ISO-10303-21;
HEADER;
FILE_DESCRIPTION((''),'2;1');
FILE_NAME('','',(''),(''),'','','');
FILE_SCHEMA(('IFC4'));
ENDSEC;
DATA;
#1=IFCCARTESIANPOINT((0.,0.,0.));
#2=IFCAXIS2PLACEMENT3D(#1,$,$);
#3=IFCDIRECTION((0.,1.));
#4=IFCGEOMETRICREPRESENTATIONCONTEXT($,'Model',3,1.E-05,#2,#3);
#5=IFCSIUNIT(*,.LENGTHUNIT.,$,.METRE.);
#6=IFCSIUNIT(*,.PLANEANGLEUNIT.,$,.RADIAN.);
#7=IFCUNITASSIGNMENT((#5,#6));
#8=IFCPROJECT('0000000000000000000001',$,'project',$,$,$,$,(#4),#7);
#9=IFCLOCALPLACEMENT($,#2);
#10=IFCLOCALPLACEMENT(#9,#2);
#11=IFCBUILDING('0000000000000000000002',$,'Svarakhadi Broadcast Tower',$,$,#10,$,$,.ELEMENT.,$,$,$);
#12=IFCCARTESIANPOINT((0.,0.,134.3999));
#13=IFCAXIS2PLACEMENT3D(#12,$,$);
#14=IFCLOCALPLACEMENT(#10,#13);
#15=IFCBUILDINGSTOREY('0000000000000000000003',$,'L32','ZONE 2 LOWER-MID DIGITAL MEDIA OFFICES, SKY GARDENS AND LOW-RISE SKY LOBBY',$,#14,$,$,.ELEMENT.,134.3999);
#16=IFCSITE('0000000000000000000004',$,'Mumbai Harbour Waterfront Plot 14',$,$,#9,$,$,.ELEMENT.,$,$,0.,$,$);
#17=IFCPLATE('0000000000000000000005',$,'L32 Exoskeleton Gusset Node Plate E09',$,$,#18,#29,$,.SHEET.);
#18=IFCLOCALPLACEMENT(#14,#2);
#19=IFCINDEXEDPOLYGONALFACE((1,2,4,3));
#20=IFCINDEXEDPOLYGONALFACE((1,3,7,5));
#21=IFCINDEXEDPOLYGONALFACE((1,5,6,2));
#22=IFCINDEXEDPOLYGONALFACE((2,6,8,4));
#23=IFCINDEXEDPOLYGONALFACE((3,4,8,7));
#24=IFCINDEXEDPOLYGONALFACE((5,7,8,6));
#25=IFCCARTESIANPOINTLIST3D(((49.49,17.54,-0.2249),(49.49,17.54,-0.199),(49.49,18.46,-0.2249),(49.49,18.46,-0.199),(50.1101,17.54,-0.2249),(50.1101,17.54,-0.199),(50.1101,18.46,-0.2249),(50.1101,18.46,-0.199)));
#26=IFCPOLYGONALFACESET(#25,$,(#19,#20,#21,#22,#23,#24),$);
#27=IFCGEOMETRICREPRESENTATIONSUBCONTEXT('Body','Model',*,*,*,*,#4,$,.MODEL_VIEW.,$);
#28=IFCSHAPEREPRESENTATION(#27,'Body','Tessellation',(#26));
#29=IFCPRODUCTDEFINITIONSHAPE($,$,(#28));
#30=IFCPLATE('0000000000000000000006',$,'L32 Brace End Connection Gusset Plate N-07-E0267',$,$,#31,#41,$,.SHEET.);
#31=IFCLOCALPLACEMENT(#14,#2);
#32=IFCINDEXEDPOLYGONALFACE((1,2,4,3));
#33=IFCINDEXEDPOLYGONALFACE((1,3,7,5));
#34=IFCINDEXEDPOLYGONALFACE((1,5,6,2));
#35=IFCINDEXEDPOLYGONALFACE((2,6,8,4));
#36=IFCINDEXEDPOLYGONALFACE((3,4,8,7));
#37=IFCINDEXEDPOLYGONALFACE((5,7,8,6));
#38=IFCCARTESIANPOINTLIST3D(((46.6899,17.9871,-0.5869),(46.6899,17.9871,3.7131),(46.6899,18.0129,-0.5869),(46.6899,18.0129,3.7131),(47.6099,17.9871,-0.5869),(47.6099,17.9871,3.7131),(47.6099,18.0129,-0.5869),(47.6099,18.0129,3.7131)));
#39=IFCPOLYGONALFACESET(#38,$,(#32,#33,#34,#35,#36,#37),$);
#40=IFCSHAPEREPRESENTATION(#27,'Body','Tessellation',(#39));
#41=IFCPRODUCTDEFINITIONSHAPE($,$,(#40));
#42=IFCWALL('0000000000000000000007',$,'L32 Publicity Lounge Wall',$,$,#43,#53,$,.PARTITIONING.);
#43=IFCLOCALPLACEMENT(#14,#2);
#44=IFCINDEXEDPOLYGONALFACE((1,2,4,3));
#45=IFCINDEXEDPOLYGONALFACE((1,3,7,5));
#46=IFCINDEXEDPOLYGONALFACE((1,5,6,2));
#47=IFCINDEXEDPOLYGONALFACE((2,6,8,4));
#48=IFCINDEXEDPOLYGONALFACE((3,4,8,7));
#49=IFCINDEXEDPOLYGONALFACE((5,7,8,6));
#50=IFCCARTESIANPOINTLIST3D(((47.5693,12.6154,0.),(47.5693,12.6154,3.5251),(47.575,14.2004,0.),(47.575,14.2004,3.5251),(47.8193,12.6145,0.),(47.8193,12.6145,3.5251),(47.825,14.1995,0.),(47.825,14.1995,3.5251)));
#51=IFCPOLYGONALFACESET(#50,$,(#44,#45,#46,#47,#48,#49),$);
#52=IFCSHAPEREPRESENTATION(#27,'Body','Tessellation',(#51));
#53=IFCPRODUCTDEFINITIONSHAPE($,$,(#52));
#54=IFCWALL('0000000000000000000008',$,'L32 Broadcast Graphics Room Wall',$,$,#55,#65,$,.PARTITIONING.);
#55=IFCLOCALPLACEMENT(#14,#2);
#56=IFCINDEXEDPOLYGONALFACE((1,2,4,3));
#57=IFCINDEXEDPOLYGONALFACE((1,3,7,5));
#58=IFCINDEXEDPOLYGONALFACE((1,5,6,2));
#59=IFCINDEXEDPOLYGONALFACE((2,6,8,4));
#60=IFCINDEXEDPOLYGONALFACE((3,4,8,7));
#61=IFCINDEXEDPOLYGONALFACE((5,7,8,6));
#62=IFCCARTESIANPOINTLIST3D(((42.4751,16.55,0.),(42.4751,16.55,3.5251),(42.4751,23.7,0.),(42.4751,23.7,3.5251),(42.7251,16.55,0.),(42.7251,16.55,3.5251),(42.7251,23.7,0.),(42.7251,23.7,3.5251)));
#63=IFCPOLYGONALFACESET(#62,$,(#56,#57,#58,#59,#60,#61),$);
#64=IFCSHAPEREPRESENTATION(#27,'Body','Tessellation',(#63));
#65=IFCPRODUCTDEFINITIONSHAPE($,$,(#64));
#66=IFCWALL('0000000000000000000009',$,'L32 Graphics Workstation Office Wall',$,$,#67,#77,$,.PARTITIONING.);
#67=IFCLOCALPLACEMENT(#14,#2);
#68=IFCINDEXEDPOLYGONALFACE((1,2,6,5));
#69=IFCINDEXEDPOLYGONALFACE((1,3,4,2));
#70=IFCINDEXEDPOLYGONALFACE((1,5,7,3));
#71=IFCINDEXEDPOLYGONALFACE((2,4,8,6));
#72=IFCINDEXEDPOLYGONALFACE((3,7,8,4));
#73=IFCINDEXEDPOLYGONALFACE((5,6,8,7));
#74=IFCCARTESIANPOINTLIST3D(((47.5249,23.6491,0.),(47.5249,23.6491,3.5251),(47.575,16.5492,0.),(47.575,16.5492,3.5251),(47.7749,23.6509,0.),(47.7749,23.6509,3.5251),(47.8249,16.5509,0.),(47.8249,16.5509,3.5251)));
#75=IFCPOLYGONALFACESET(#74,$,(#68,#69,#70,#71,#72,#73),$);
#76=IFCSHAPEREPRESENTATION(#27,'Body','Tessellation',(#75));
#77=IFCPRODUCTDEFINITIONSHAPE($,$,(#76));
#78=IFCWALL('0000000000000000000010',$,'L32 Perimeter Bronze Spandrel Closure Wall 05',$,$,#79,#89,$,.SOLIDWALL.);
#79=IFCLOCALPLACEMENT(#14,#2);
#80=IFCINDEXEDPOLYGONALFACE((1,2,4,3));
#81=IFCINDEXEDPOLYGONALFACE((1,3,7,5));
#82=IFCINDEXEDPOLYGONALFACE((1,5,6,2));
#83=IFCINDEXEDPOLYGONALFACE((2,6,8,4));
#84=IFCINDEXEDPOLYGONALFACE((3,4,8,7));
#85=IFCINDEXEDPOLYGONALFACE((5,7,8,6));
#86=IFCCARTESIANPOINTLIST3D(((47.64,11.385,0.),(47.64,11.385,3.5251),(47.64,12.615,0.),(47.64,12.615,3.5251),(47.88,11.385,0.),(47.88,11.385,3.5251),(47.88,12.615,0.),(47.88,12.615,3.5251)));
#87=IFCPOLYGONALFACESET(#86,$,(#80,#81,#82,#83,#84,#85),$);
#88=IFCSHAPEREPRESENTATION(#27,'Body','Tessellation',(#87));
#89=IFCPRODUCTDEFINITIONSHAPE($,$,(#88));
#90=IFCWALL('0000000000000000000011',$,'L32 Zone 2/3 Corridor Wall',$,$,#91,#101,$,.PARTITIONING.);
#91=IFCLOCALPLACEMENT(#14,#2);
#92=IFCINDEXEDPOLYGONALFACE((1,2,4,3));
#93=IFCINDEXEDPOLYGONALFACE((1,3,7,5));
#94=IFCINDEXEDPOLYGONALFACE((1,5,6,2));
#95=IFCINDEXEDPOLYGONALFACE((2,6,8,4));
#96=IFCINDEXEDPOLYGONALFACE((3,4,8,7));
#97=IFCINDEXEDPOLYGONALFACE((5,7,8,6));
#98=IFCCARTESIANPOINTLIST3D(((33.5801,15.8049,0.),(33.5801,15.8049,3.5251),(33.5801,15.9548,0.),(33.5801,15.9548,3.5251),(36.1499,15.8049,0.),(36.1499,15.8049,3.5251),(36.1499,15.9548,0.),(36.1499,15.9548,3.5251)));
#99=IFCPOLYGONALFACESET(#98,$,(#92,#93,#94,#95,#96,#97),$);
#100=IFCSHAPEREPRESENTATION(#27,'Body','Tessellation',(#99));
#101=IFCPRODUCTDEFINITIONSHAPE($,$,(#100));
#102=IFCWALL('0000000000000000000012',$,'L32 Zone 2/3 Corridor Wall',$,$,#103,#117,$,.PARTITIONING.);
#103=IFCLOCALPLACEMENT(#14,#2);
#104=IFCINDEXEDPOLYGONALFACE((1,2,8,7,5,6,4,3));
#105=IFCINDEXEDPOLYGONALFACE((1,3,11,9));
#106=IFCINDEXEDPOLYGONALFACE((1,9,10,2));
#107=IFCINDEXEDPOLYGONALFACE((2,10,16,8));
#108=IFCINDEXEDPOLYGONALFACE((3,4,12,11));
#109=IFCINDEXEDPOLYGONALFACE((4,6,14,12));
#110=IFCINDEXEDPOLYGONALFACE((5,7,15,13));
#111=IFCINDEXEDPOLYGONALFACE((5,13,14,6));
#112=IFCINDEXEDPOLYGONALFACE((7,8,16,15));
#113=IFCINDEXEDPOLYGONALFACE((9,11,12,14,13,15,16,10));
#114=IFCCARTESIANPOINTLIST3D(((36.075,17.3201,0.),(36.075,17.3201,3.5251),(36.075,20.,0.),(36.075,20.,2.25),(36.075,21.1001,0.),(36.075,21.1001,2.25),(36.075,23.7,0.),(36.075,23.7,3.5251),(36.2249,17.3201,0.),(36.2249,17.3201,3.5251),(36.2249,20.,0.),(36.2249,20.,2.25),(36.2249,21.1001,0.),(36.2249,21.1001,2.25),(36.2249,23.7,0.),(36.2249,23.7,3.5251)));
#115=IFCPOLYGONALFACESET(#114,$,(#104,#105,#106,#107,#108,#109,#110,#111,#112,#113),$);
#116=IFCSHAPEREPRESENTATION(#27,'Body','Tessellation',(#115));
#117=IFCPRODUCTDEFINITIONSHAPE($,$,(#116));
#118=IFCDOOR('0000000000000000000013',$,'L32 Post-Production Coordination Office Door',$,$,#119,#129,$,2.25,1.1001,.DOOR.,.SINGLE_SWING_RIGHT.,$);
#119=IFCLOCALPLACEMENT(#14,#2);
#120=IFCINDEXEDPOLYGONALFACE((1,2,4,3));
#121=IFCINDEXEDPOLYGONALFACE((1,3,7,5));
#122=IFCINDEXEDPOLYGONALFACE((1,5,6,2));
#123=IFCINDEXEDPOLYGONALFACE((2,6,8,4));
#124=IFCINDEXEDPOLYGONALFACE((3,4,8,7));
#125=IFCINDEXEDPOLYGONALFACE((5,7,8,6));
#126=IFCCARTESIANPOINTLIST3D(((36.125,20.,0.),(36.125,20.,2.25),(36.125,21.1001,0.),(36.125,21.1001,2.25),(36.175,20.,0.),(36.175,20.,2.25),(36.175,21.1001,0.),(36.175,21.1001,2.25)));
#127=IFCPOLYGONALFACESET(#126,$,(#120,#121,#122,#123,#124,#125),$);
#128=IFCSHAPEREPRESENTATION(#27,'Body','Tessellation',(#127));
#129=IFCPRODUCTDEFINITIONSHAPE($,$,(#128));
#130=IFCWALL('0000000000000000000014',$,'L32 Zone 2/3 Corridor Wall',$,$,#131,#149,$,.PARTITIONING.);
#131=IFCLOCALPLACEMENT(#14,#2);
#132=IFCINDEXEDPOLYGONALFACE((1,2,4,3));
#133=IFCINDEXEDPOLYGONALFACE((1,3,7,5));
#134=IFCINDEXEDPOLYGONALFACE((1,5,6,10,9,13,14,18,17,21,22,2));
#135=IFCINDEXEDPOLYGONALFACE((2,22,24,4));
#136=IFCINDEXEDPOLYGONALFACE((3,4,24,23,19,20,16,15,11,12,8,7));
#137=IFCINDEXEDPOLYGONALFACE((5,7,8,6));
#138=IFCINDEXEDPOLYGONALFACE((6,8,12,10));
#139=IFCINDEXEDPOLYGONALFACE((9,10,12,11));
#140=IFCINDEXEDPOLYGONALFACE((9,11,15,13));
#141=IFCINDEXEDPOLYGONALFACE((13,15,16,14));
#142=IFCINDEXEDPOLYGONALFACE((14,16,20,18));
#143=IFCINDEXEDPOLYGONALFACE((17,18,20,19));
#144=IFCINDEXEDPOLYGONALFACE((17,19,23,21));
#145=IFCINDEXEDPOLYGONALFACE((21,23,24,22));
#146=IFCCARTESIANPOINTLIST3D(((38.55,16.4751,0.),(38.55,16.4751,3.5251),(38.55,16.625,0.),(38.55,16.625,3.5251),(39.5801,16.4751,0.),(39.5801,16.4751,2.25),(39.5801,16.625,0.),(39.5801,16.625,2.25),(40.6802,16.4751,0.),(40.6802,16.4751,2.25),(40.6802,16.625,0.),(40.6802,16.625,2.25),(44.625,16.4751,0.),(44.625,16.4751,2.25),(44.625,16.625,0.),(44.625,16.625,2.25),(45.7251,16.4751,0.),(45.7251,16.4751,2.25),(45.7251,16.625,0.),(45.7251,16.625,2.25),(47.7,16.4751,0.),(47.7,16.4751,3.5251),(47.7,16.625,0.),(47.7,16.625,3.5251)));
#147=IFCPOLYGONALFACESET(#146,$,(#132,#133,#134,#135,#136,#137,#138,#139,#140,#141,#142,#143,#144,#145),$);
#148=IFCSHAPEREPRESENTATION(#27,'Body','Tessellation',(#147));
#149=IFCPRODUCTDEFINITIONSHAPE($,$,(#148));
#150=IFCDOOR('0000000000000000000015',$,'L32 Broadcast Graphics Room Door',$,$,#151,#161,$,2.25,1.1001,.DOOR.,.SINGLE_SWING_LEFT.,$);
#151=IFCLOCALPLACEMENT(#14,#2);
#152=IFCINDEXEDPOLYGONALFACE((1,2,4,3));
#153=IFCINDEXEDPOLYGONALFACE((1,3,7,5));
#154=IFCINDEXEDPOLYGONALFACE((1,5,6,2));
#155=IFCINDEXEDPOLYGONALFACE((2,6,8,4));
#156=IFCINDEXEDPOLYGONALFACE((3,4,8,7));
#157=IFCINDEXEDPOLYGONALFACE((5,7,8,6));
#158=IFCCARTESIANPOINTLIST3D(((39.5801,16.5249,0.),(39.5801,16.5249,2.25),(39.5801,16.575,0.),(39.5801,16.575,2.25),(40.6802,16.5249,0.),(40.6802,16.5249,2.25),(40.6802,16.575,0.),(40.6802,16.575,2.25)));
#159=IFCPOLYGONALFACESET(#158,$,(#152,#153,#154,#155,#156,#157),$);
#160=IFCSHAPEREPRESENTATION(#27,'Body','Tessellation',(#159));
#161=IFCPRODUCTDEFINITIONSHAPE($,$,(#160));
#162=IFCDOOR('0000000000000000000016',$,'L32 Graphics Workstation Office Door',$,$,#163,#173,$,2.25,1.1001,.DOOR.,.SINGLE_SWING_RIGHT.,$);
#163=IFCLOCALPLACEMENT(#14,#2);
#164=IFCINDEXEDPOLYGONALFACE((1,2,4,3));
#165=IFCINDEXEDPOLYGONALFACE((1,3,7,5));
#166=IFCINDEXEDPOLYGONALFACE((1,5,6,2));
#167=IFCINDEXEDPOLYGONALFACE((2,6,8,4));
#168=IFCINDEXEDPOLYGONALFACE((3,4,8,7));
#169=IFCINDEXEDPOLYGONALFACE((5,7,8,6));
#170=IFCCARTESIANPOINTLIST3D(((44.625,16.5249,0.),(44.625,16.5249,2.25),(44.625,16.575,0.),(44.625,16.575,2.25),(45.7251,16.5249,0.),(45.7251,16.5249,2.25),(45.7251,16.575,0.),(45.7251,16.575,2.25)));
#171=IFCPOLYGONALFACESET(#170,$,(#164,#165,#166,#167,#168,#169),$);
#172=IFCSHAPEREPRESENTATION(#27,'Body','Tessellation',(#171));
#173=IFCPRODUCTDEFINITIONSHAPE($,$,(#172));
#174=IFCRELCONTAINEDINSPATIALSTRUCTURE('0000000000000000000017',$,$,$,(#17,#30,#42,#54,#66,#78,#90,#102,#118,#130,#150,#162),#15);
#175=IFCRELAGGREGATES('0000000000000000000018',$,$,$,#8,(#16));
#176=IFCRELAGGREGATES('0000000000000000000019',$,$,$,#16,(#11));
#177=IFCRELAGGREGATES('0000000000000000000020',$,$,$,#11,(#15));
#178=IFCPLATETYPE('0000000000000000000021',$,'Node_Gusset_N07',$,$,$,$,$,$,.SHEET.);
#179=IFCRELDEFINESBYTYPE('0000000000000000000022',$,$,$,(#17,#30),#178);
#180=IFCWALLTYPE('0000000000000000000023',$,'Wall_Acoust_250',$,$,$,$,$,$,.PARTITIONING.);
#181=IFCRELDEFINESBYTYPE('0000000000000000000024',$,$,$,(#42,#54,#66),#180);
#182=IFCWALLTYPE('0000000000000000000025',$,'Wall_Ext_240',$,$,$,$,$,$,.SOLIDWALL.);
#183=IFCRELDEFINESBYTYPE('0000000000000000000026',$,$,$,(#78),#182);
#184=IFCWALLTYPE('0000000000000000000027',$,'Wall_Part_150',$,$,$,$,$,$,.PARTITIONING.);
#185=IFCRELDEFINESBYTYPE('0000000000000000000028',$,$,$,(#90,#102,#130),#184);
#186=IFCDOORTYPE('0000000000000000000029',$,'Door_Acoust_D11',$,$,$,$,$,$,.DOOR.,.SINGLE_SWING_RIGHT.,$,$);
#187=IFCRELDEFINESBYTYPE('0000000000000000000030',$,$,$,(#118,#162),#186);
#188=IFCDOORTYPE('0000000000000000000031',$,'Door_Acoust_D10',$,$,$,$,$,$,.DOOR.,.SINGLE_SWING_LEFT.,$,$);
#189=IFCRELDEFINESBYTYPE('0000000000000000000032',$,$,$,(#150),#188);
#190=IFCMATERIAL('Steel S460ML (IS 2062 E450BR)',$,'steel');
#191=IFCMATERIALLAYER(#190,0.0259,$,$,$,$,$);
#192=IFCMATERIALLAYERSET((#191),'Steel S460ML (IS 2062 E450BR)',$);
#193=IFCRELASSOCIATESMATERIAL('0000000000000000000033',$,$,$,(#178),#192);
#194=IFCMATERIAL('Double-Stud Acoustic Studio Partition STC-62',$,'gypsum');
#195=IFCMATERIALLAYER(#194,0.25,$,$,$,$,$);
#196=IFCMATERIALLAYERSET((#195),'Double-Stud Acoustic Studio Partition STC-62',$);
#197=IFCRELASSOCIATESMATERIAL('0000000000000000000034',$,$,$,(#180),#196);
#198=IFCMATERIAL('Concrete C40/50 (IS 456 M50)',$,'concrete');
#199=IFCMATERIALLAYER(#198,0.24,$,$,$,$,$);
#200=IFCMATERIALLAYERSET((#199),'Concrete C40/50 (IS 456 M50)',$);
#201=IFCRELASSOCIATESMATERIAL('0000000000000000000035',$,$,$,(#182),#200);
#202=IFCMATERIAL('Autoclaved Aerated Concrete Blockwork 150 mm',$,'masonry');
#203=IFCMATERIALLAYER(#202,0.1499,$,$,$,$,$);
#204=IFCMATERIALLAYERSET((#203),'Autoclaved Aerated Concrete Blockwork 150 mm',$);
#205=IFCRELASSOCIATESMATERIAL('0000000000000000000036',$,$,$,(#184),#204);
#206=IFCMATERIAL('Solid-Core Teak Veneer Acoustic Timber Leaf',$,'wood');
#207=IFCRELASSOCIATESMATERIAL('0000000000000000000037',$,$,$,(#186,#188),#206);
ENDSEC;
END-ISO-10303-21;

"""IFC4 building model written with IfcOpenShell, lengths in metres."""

from ifc_helpers import new_model, si_unit, direction, frame, frame_2d, origin, origin_2d, place, context, subcontext, project, spatial, rectangle, extrude, material, layer, layer_set, type_object, element, fill, save


model = new_model("IFC4")

# Units and contexts
model_context = context("Model", 3, precision=1e-05, world=origin(), true_north=direction((0.0, 1.0)))
body_context = subcontext(model_context, "Body", "Model", "MODEL_VIEW")
ifc_project = project(units=[si_unit("LENGTHUNIT", "METRE"), si_unit("PLANEANGLEUNIT", "RADIAN")], contexts=[model_context])

# Site, building, storey
site_placement = place(None, origin())
site = spatial("IfcSite", under=ifc_project, at=site_placement, Name="Mumbai Harbour Waterfront Plot 14", CompositionType="ELEMENT", RefElevation=0.0)
building_placement = place(site_placement, origin())
building = spatial("IfcBuilding", under=site, at=building_placement, Name="Svarakhadi Broadcast Tower", CompositionType="ELEMENT")
storey_placement = place(building_placement, frame((0.0, 0.0, 134.3999)))
storey = spatial("IfcBuildingStorey", under=building, at=storey_placement, Name="L32", Description="ZONE 2 LOWER-MID DIGITAL MEDIA OFFICES, SKY GARDENS AND LOW-RISE SKY LOBBY", CompositionType="ELEMENT", Elevation=134.3999)

# Shared definitions
ifc_material_1 = material(Name="Steel S460ML (IS 2062 E450BR)", Category="steel")

# Plates
ifc_layer_1 = layer(ifc_material_1, 0.0259)
ifc_layer_set_1 = layer_set([ifc_layer_1], Name="Steel S460ML (IS 2062 E450BR)")
plate_type_1 = type_object("IfcPlateType", Name="Node_Gusset_N07", PredefinedType="SHEET", material=ifc_layer_set_1)
plate_1_placement = place(storey_placement, frame((49.8, 18.0, -0.2249), z_axis=(0.0, 0.0, 1.0), x_axis=(0.0, 1.0, 0.0)))
element("IfcPlate", 1, at=plate_1_placement, inside=storey, type_object=plate_type_1, Name="L32 Exoskeleton Gusset Node Plate E09", PredefinedType="SHEET", context=body_context, shape_type="SweptSolid", body=[
    extrude(rectangle(XDim=0.9199, YDim=0.6201, at=origin_2d()), origin(), (0.0, 0.0, 1.0), 0.0259),
])
plate_2_placement = place(storey_placement, frame((47.1499, 18.0, -0.5869), z_axis=(0.0, 0.0, 1.0), x_axis=(1.0, 0.0, 0.0)))
element("IfcPlate", 2, at=plate_2_placement, inside=storey, type_object=plate_type_1, Name="L32 Brace End Connection Gusset Plate N-07-E0267", PredefinedType="SHEET", context=body_context, shape_type="SweptSolid", body=[
    extrude(rectangle(XDim=0.9199, YDim=0.0259, at=origin_2d()), origin(), (0.0, 0.0, 1.0), 4.3),
])

# Walls
ifc_material_2 = material(Name="Double-Stud Acoustic Studio Partition STC-62", Category="gypsum")
ifc_layer_2 = layer(ifc_material_2, 0.25)
ifc_layer_set_2 = layer_set([ifc_layer_2], Name="Double-Stud Acoustic Studio Partition STC-62")
wall_type_1 = type_object("IfcWallType", Name="Wall_Acoust_250", PredefinedType="PARTITIONING", material=ifc_layer_set_2)
wall_1_placement = place(storey_placement, frame((47.6943, 12.615, 0.0), z_axis=(0.0, 0.0, 1.0), x_axis=(0.003543, 0.999994, 0.0)))
element("IfcWall", 3, at=wall_1_placement, inside=storey, type_object=wall_type_1, Name="L32 Publicity Lounge Wall", PredefinedType="PARTITIONING", context=body_context, shape_type="SweptSolid", body=[
    extrude(rectangle(XDim=1.585, YDim=0.25, at=frame_2d((0.7925, 0.0))), origin(), (0.0, 0.0, 1.0), 3.5251),
])
wall_2_placement = place(storey_placement, frame((42.6001, 16.55, 0.0), z_axis=(0.0, 0.0, 1.0), x_axis=(0.0, 1.0, 0.0)))
element("IfcWall", 4, at=wall_2_placement, inside=storey, type_object=wall_type_1, Name="L32 Broadcast Graphics Room Wall", PredefinedType="PARTITIONING", context=body_context, shape_type="SweptSolid", body=[
    extrude(rectangle(XDim=7.1499, YDim=0.25, at=frame_2d((3.575, 0.0))), origin(), (0.0, 0.0, 1.0), 3.5251),
])
wall_3_placement = place(storey_placement, frame((47.7, 16.55, 0.0), z_axis=(0.0, 0.0, 1.0), x_axis=(-0.007049, 0.999975, 0.0)))
element("IfcWall", 5, at=wall_3_placement, inside=storey, type_object=wall_type_1, Name="L32 Graphics Workstation Office Wall", PredefinedType="PARTITIONING", context=body_context, shape_type="SweptSolid", body=[
    extrude(rectangle(XDim=7.1001, YDim=0.25, at=frame_2d((3.55, 0.0))), origin(), (0.0, 0.0, 1.0), 3.5251),
])
ifc_material_3 = material(Name="Concrete C40/50 (IS 456 M50)", Category="concrete")
ifc_layer_3 = layer(ifc_material_3, 0.24)
ifc_layer_set_3 = layer_set([ifc_layer_3], Name="Concrete C40/50 (IS 456 M50)")
wall_type_2 = type_object("IfcWallType", Name="Wall_Ext_240", PredefinedType="SOLIDWALL", material=ifc_layer_set_3)
wall_4_placement = place(storey_placement, frame((47.76, 12.615, 0.0), z_axis=(0.0, 0.0, 1.0), x_axis=(0.0, -1.0, 0.0)))
element("IfcWall", 6, at=wall_4_placement, inside=storey, type_object=wall_type_2, Name="L32 Perimeter Bronze Spandrel Closure Wall 05", PredefinedType="SOLIDWALL", context=body_context, shape_type="SweptSolid", body=[
    extrude(rectangle(XDim=1.23, YDim=0.24, at=frame_2d((0.615, 0.0))), origin(), (0.0, 0.0, 1.0), 3.5251),
])
ifc_material_4 = material(Name="Autoclaved Aerated Concrete Blockwork 150 mm", Category="masonry")
ifc_layer_4 = layer(ifc_material_4, 0.1499)
ifc_layer_set_4 = layer_set([ifc_layer_4], Name="Autoclaved Aerated Concrete Blockwork 150 mm")
wall_type_3 = type_object("IfcWallType", Name="Wall_Part_150", PredefinedType="PARTITIONING", material=ifc_layer_set_4)
wall_5_placement = place(storey_placement, frame((36.1499, 15.8799, 0.0), z_axis=(0.0, 0.0, 1.0), x_axis=(-1.0, 0.0, 0.0)))
element("IfcWall", 7, at=wall_5_placement, inside=storey, type_object=wall_type_3, Name="L32 Zone 2/3 Corridor Wall", PredefinedType="PARTITIONING", context=body_context, shape_type="SweptSolid", body=[
    extrude(rectangle(XDim=2.5698, YDim=0.1499, at=frame_2d((1.2849, 0.0))), origin(), (0.0, 0.0, 1.0), 3.5251),
])

# Wall, opening, door
wall_6_placement = place(storey_placement, frame((36.1499, 17.3201, 0.0), z_axis=(0.0, 0.0, 1.0), x_axis=(0.0, 1.0, 0.0)))
wall_6 = element("IfcWall", 8, at=wall_6_placement, inside=storey, type_object=wall_type_3, Name="L32 Zone 2/3 Corridor Wall", PredefinedType="PARTITIONING", context=body_context, shape_type="SweptSolid", body=[
    extrude(rectangle(XDim=6.3799, YDim=0.1499, at=frame_2d((3.1899, 0.0))), origin(), (0.0, 0.0, 1.0), 3.5251),
])
opening_1_placement = place(wall_6_placement, frame((2.6799, 0.0, 0.0)))
opening_1 = element("IfcOpeningElement", 9, at=opening_1_placement, cuts=wall_6, PredefinedType="OPENING", context=body_context, shape_type="SweptSolid", body=[
    extrude(rectangle(XDim=1.1001, YDim=2.25, at=frame_2d((0.55, 1.125))), frame((0.0, 0.085, 0.0), z_axis=(0.0, -1.0, 0.0), x_axis=(1.0, 0.0, 0.0)), (0.0, 0.0, 1.0), 0.1699),
])
ifc_material_5 = material(Name="Solid-Core Teak Veneer Acoustic Timber Leaf", Category="wood")
door_type_1 = type_object("IfcDoorType", Name="Door_Acoust_D11", OperationType="SINGLE_SWING_RIGHT", PredefinedType="DOOR", material=ifc_material_5)
door_1_placement = place(opening_1_placement, origin())
door_1 = element("IfcDoor", 10, at=door_1_placement, inside=storey, type_object=door_type_1, Name="L32 Post-Production Coordination Office Door", OperationType="SINGLE_SWING_RIGHT", OverallHeight=2.25, OverallWidth=1.1001, PredefinedType="DOOR", context=body_context, shape_type="SweptSolid", body=[
    extrude(rectangle(XDim=1.1001, YDim=2.25, at=frame_2d((0.55, 1.125))), frame((0.0, 0.0249, 0.0), z_axis=(0.0, -1.0, 0.0), x_axis=(1.0, 0.0, 0.0)), (0.0, 0.0, 1.0), 0.05),
])
fill(opening_1, door_1)

# Wall, openings, doors
wall_7_placement = place(storey_placement, frame((38.55, 16.55, 0.0), z_axis=(0.0, 0.0, 1.0), x_axis=(1.0, 0.0, 0.0)))
wall_7 = element("IfcWall", 11, at=wall_7_placement, inside=storey, type_object=wall_type_3, Name="L32 Zone 2/3 Corridor Wall", PredefinedType="PARTITIONING", context=body_context, shape_type="SweptSolid", body=[
    extrude(rectangle(XDim=9.1499, YDim=0.1499, at=frame_2d((4.575, 0.0))), origin(), (0.0, 0.0, 1.0), 3.5251),
])
opening_2_placement = place(wall_7_placement, frame((1.03, 0.0, 0.0)))
opening_2 = element("IfcOpeningElement", 12, at=opening_2_placement, cuts=wall_7, PredefinedType="OPENING", context=body_context, shape_type="SweptSolid", body=[
    extrude(rectangle(XDim=1.1001, YDim=2.25, at=frame_2d((0.55, 1.125))), frame((0.0, 0.085, 0.0), z_axis=(0.0, -1.0, 0.0), x_axis=(1.0, 0.0, 0.0)), (0.0, 0.0, 1.0), 0.1699),
])
opening_3_placement = place(wall_7_placement, frame((6.075, 0.0, 0.0)))
opening_3 = element("IfcOpeningElement", 13, at=opening_3_placement, cuts=wall_7, PredefinedType="OPENING", context=body_context, shape_type="SweptSolid", body=[
    extrude(rectangle(XDim=1.1001, YDim=2.25, at=frame_2d((0.55, 1.125))), frame((0.0, 0.085, 0.0), z_axis=(0.0, -1.0, 0.0), x_axis=(1.0, 0.0, 0.0)), (0.0, 0.0, 1.0), 0.1699),
])
door_type_2 = type_object("IfcDoorType", Name="Door_Acoust_D10", OperationType="SINGLE_SWING_LEFT", PredefinedType="DOOR", material=ifc_material_5)
door_2_placement = place(opening_2_placement, origin())
door_2 = element("IfcDoor", 14, at=door_2_placement, inside=storey, type_object=door_type_2, Name="L32 Broadcast Graphics Room Door", OperationType="SINGLE_SWING_LEFT", OverallHeight=2.25, OverallWidth=1.1001, PredefinedType="DOOR", context=body_context, shape_type="SweptSolid", body=[
    extrude(rectangle(XDim=1.1001, YDim=2.25, at=frame_2d((0.55, 1.125))), frame((0.0, 0.0249, 0.0), z_axis=(0.0, -1.0, 0.0), x_axis=(1.0, 0.0, 0.0)), (0.0, 0.0, 1.0), 0.05),
])
fill(opening_2, door_2)
door_3_placement = place(opening_3_placement, origin())
door_3 = element("IfcDoor", 15, at=door_3_placement, inside=storey, type_object=door_type_1, Name="L32 Graphics Workstation Office Door", OperationType="SINGLE_SWING_RIGHT", OverallHeight=2.25, OverallWidth=1.1001, PredefinedType="DOOR", context=body_context, shape_type="SweptSolid", body=[
    extrude(rectangle(XDim=1.1001, YDim=2.25, at=frame_2d((0.55, 1.125))), frame((0.0, 0.0249, 0.0), z_axis=(0.0, -1.0, 0.0), x_axis=(1.0, 0.0, 0.0)), (0.0, 0.0, 1.0), 0.05),
])
fill(opening_3, door_3)

save(model, "model.ifc")
